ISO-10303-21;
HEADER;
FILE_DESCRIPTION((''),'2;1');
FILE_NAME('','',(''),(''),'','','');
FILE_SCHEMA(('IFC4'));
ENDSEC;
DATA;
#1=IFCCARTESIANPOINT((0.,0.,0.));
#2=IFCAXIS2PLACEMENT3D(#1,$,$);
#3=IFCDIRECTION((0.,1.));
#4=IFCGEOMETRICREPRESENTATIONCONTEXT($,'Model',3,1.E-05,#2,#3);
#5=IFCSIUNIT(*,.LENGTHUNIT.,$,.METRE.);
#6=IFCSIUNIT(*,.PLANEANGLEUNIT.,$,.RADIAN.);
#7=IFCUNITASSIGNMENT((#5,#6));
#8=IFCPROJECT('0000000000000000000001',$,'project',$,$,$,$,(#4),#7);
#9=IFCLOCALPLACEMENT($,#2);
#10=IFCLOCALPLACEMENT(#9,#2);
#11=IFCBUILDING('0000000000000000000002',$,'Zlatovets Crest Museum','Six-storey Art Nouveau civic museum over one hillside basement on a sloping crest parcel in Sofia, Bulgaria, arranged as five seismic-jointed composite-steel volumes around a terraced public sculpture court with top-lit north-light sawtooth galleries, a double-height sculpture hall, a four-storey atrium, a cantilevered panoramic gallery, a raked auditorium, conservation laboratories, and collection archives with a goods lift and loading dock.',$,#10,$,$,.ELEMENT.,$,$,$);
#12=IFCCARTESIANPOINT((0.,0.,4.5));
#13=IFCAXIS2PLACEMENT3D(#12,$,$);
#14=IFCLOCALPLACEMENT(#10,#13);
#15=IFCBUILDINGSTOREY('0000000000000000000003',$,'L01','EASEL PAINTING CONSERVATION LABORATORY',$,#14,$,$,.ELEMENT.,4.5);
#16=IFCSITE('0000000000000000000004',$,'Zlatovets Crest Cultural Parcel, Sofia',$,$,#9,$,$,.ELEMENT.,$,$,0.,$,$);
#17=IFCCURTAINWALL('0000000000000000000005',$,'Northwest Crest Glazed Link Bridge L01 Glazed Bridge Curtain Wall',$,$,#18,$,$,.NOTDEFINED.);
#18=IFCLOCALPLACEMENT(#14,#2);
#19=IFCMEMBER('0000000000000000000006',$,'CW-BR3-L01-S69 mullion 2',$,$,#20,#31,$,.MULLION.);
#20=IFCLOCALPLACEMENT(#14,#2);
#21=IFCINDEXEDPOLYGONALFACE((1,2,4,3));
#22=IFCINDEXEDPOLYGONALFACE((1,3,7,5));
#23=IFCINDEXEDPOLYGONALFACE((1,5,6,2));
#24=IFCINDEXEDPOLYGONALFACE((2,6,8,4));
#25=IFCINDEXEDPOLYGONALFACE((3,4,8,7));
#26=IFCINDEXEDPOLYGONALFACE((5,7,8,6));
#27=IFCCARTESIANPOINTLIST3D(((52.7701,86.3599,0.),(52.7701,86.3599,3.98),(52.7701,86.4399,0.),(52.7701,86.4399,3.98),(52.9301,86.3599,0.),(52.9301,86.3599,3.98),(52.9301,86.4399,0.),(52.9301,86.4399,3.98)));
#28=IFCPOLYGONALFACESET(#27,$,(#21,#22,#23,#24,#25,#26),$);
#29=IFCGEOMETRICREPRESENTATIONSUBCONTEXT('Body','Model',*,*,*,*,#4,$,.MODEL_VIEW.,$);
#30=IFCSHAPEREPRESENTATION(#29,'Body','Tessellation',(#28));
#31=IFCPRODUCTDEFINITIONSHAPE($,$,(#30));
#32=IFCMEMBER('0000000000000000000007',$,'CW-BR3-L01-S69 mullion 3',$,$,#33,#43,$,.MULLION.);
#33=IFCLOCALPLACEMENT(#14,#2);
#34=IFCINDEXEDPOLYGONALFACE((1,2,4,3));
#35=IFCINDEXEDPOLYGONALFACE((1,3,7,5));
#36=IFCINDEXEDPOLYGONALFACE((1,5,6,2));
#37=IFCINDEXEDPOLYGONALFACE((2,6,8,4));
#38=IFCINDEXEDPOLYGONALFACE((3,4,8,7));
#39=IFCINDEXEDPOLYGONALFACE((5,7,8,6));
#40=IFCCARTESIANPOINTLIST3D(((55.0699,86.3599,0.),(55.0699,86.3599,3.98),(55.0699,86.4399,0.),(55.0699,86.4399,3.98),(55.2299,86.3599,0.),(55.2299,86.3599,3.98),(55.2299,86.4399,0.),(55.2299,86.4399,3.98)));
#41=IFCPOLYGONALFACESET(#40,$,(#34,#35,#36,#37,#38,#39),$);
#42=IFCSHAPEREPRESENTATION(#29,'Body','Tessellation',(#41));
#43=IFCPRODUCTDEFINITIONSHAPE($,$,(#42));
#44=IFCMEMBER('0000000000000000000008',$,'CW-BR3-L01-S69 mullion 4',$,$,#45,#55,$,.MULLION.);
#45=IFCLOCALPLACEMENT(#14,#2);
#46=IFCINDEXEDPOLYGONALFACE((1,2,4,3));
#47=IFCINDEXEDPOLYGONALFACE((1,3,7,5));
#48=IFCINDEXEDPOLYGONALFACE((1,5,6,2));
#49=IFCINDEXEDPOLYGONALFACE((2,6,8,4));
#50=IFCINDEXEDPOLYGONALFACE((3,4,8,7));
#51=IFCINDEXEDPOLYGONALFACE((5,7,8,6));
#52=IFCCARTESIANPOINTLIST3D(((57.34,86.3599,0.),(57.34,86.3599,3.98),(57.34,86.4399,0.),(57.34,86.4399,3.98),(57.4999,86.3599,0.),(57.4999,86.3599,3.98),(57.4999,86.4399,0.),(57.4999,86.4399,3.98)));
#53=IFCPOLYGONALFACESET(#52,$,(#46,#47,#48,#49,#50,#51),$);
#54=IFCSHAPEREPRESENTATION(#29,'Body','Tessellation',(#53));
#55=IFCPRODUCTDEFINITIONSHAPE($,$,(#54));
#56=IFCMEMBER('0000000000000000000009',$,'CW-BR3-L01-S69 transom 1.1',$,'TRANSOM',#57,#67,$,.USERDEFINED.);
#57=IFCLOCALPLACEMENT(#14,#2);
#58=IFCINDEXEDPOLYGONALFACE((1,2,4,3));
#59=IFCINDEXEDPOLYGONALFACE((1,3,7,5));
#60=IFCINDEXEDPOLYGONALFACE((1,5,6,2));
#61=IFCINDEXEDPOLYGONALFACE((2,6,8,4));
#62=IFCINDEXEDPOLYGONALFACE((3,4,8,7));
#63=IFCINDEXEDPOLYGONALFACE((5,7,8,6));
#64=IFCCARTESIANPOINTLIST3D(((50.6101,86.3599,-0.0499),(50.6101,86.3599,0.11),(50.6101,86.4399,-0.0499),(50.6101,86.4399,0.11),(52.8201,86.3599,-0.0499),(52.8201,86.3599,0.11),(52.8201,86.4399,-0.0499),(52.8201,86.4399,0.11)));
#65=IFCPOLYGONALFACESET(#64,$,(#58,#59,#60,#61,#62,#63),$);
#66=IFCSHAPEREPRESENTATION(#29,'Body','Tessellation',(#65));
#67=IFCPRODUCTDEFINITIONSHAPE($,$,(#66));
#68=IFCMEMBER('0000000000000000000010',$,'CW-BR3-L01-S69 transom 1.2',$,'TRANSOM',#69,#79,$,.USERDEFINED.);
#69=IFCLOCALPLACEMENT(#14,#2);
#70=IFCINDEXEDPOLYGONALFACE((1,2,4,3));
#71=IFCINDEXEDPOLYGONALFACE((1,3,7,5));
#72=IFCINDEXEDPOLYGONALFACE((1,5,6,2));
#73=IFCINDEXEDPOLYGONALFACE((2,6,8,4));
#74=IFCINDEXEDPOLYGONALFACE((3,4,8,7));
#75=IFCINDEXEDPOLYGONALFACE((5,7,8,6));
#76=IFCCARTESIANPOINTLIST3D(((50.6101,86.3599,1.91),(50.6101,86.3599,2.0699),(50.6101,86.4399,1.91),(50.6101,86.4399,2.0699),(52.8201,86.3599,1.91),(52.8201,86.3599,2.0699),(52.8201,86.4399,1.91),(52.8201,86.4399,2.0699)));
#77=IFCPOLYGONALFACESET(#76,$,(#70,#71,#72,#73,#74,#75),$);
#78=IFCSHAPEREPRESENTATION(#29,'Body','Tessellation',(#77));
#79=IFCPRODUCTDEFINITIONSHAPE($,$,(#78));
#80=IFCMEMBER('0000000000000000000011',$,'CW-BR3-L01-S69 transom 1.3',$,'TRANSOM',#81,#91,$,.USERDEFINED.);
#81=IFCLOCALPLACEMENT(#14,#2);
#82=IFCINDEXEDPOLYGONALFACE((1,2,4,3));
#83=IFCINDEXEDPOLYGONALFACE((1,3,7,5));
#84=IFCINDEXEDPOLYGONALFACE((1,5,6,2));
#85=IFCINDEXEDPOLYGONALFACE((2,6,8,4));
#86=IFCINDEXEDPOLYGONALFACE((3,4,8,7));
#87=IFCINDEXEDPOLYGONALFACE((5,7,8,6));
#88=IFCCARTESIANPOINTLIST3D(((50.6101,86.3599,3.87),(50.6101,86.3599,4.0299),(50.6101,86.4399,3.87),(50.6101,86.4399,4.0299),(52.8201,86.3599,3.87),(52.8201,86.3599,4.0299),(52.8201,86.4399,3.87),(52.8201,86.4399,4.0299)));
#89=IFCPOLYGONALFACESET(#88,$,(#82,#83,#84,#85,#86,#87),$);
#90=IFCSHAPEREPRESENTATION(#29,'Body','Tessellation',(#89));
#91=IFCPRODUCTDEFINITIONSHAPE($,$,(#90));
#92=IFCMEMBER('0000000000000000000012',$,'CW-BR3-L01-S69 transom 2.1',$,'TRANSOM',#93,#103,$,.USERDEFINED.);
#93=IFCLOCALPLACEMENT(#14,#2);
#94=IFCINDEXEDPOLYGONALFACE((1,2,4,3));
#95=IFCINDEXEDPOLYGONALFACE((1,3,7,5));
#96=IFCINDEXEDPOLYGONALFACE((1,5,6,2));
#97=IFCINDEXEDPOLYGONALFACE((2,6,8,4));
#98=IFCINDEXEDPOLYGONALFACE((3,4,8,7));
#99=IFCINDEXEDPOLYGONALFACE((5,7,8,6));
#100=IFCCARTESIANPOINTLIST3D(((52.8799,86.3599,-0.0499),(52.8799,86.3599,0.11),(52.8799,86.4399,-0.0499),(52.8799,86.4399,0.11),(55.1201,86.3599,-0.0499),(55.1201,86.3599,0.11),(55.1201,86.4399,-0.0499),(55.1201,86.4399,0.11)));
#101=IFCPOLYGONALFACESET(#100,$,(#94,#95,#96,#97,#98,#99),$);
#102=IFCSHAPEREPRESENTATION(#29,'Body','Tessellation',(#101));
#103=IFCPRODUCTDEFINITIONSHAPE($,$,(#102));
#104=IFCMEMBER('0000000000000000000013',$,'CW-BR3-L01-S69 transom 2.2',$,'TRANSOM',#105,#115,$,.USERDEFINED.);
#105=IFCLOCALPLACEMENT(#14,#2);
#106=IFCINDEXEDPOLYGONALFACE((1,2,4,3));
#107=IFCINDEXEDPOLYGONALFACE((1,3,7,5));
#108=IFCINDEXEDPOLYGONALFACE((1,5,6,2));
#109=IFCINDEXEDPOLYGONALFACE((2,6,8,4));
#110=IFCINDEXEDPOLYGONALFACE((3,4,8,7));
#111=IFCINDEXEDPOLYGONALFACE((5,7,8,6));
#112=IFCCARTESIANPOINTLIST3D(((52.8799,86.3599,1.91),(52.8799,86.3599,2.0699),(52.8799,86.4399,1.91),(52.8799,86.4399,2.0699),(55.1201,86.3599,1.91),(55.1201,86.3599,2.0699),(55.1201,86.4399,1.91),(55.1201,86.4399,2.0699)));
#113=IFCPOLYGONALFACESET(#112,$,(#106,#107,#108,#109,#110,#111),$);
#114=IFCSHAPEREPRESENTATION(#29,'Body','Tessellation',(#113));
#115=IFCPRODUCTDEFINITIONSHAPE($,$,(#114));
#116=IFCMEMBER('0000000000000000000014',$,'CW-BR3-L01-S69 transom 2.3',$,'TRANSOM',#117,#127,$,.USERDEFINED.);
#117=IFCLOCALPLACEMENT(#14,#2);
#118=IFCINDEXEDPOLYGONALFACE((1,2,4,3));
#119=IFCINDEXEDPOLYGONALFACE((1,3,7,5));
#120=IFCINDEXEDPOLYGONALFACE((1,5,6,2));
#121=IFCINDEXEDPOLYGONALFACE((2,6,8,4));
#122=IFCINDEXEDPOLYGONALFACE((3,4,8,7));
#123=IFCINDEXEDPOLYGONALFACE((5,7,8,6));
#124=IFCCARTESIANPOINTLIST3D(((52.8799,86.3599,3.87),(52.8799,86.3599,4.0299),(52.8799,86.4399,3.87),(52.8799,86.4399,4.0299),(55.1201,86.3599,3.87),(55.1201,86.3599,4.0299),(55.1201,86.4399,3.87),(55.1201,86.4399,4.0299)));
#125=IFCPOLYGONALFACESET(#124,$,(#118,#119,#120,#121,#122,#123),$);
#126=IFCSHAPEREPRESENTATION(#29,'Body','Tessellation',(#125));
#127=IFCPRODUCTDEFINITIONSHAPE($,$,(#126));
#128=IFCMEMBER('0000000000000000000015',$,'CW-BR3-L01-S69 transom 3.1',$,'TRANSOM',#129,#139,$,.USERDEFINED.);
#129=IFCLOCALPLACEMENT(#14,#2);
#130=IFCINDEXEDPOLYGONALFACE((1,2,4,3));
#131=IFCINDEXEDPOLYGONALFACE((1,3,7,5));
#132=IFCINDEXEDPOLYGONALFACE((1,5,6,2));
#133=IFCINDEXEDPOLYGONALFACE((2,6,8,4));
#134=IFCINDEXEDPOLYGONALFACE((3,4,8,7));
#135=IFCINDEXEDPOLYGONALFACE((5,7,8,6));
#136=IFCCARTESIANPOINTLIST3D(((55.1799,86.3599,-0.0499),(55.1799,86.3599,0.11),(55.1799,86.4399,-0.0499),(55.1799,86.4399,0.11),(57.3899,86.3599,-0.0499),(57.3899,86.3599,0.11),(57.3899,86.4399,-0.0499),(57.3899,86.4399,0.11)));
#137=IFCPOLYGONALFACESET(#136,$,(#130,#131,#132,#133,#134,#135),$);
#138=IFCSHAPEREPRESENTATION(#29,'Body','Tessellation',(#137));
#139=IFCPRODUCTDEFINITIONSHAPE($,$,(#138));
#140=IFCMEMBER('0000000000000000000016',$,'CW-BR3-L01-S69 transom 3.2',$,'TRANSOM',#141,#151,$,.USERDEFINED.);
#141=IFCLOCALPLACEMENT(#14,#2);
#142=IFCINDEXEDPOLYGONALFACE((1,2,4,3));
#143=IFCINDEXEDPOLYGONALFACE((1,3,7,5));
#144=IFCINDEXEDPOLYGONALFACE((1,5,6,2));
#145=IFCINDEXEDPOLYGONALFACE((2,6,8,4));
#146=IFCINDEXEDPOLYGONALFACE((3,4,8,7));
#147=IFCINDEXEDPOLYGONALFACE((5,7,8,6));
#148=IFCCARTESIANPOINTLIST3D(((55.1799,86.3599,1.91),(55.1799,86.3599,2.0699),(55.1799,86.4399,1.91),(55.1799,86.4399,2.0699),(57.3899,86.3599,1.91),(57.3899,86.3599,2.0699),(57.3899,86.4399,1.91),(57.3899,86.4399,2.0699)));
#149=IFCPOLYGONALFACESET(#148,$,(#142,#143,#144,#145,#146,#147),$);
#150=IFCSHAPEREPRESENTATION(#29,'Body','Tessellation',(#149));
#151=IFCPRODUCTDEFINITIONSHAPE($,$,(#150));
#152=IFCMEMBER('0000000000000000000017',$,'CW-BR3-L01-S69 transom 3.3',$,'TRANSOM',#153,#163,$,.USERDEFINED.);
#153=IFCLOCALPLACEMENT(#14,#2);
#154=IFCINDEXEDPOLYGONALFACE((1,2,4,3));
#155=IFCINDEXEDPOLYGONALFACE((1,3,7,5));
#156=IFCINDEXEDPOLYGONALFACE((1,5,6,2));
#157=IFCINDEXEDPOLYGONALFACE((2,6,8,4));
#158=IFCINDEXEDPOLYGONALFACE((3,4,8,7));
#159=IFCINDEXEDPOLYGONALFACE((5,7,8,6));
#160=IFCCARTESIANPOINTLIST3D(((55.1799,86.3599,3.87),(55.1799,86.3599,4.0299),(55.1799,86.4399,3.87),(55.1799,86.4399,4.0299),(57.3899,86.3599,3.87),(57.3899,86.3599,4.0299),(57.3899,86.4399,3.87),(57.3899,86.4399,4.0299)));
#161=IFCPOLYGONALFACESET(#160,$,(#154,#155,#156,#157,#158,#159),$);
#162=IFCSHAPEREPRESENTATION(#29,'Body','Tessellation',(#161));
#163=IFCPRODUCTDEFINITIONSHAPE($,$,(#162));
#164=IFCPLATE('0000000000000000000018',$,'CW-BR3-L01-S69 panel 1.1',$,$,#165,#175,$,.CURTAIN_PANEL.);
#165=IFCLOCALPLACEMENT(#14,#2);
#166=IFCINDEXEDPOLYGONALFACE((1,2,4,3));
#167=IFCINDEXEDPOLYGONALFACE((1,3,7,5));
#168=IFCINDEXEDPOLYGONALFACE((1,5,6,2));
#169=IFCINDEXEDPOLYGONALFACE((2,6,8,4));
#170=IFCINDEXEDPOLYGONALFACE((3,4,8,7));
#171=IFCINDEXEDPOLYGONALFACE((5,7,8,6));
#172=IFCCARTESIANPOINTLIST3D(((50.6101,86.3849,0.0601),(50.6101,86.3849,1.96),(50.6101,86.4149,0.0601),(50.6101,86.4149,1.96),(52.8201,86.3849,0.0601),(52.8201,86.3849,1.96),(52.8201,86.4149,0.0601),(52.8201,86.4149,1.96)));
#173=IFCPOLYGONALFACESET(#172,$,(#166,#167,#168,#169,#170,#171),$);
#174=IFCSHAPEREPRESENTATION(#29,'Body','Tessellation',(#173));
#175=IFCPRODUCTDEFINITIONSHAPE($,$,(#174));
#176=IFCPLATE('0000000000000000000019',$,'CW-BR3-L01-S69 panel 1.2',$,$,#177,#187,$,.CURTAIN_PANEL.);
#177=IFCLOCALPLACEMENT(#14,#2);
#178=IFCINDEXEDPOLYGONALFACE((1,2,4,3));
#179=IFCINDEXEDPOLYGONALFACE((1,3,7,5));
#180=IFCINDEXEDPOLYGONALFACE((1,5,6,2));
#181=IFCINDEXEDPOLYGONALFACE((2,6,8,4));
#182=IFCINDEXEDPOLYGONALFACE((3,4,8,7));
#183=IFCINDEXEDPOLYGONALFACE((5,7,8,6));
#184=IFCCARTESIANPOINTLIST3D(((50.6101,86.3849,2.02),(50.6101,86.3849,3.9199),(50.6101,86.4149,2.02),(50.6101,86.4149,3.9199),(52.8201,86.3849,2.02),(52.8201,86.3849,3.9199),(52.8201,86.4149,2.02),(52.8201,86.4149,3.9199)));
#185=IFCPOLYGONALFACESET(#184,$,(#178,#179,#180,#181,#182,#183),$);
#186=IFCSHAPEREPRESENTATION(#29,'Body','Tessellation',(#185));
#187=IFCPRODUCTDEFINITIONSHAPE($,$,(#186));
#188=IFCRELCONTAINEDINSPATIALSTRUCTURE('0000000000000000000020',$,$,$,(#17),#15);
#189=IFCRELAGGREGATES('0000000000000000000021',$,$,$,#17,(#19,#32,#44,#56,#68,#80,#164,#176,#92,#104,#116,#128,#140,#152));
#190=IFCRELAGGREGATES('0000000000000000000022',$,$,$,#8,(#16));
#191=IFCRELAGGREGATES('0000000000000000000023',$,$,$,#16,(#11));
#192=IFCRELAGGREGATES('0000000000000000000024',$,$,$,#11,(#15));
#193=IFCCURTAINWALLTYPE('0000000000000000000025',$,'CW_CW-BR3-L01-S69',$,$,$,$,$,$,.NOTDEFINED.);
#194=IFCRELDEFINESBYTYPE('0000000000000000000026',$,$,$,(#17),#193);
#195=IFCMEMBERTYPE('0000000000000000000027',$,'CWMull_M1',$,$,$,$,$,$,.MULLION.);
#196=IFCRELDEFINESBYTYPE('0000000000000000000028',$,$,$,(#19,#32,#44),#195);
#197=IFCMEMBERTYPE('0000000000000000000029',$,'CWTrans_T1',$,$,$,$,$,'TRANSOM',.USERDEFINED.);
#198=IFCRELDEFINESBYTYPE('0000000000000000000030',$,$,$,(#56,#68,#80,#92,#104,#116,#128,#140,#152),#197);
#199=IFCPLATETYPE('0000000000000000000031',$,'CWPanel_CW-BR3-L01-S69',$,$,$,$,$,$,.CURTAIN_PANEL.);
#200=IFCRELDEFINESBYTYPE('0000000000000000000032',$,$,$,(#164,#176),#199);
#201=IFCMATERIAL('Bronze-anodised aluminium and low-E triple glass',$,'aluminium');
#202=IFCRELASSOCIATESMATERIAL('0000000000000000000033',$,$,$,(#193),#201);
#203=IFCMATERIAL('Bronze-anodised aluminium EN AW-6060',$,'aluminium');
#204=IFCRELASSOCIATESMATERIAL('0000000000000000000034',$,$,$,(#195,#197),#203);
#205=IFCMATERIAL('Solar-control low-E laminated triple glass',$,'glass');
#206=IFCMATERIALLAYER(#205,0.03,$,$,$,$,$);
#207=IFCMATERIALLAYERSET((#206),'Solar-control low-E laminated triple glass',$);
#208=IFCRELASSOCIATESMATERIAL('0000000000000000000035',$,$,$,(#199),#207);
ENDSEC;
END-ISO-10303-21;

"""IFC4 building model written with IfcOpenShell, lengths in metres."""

from ifc_helpers import new_model, si_unit, direction, frame, origin, origin_2d, place, context, subcontext, project, spatial, rectangle, extrude, material, layer, layer_set, material_profile, profile_set, type_object, element, aggregate, save


model = new_model("IFC4")

# Units and contexts
model_context = context("Model", 3, precision=1e-05, world=origin(), true_north=direction((0.0, 1.0)))
body_context = subcontext(model_context, "Body", "Model", "MODEL_VIEW")
ifc_project = project(units=[si_unit("LENGTHUNIT", "METRE"), si_unit("PLANEANGLEUNIT", "RADIAN")], contexts=[model_context])

# Site, building, storey
site_placement = place(None, origin())
site = spatial("IfcSite", under=ifc_project, at=site_placement, Name="Zlatovets Crest Cultural Parcel, Sofia", CompositionType="ELEMENT", RefElevation=0.0)
building_placement = place(site_placement, origin())
building = spatial("IfcBuilding", under=site, at=building_placement, Name="Zlatovets Crest Museum", Description="Six-storey Art Nouveau civic museum over one hillside basement on a sloping crest parcel in Sofia, Bulgaria, arranged as five seismic-jointed composite-steel volumes around a terraced public sculpture court with top-lit north-light sawtooth galleries, a double-height sculpture hall, a four-storey atrium, a cantilevered panoramic gallery, a raked auditorium, conservation laboratories, and collection archives with a goods lift and loading dock.", CompositionType="ELEMENT")
storey_placement = place(building_placement, frame((0.0, 0.0, 4.5)))
storey = spatial("IfcBuildingStorey", under=building, at=storey_placement, Name="L01", Description="EASEL PAINTING CONSERVATION LABORATORY", CompositionType="ELEMENT", Elevation=4.5)

# Curtain wall, members, plates
ifc_material_1 = material(Name="Bronze-anodised aluminium and low-E triple glass", Category="aluminium")
curtain_wall_type_1 = type_object("IfcCurtainWallType", Name="CW_CW-BR3-L01-S69", PredefinedType="NOTDEFINED", material=ifc_material_1)
curtain_wall_1_placement = place(storey_placement, origin())
curtain_wall_1 = element("IfcCurtainWall", 1, at=curtain_wall_1_placement, inside=storey, type_object=curtain_wall_type_1, Name="Northwest Crest Glazed Link Bridge L01 Glazed Bridge Curtain Wall", PredefinedType="NOTDEFINED")
ifc_material_2 = material(Name="Bronze-anodised aluminium EN AW-6060", Category="aluminium")
ifc_material_profile_1 = material_profile(ifc_material_2, rectangle(XDim=0.0801, YDim=0.1599, at=origin_2d()), Name="ALU 80x160")
ifc_profile_set_1 = profile_set([ifc_material_profile_1], Name="Bronze-anodised aluminium EN AW-6060")
member_type_1 = type_object("IfcMemberType", Name="CWMull_M1", PredefinedType="MULLION", material=ifc_profile_set_1)
member_1_placement = place(storey_placement, frame((52.8501, 86.3999, 0.0), z_axis=(0.0, 0.0, 1.0), x_axis=(0.0, 1.0, 0.0)))
member_1 = element("IfcMember", 2, at=member_1_placement, type_object=member_type_1, Name="CW-BR3-L01-S69 mullion 2", PredefinedType="MULLION", context=body_context, shape_type="SweptSolid", body=[
    extrude(rectangle(XDim=0.0801, YDim=0.1599, at=origin_2d()), origin(), (0.0, 0.0, 1.0), 3.98),
])
member_2_placement = place(storey_placement, frame((55.1499, 86.3999, 0.0), z_axis=(0.0, 0.0, 1.0), x_axis=(0.0, 1.0, 0.0)))
member_2 = element("IfcMember", 3, at=member_2_placement, type_object=member_type_1, Name="CW-BR3-L01-S69 mullion 3", PredefinedType="MULLION", context=body_context, shape_type="SweptSolid", body=[
    extrude(rectangle(XDim=0.0801, YDim=0.1599, at=origin_2d()), origin(), (0.0, 0.0, 1.0), 3.98),
])
member_3_placement = place(storey_placement, frame((57.4199, 86.3999, 0.0), z_axis=(0.0, 0.0, 1.0), x_axis=(0.0, 1.0, 0.0)))
member_3 = element("IfcMember", 4, at=member_3_placement, type_object=member_type_1, Name="CW-BR3-L01-S69 mullion 4", PredefinedType="MULLION", context=body_context, shape_type="SweptSolid", body=[
    extrude(rectangle(XDim=0.0801, YDim=0.1599, at=origin_2d()), origin(), (0.0, 0.0, 1.0), 3.98),
])
ifc_material_profile_2 = material_profile(ifc_material_2, rectangle(XDim=0.0801, YDim=0.1599, at=origin_2d()), Name="ALU 80x160")
ifc_profile_set_2 = profile_set([ifc_material_profile_2], Name="Bronze-anodised aluminium EN AW-6060")
member_type_2 = type_object("IfcMemberType", Name="CWTrans_T1", ElementType="TRANSOM", PredefinedType="USERDEFINED", material=ifc_profile_set_2)
member_4_placement = place(storey_placement, frame((50.6101, 86.3999, 0.03), z_axis=(1.0, 0.0, 0.0), x_axis=(0.0, 1.0, 0.0)))
member_4 = element("IfcMember", 5, at=member_4_placement, type_object=member_type_2, Name="CW-BR3-L01-S69 transom 1.1", ObjectType="TRANSOM", PredefinedType="USERDEFINED", context=body_context, shape_type="SweptSolid", body=[
    extrude(rectangle(XDim=0.0801, YDim=0.1599, at=origin_2d()), origin(), (0.0, 0.0, 1.0), 2.21),
])
member_5_placement = place(storey_placement, frame((50.6101, 86.3999, 1.99), z_axis=(1.0, 0.0, 0.0), x_axis=(0.0, 1.0, 0.0)))
member_5 = element("IfcMember", 6, at=member_5_placement, type_object=member_type_2, Name="CW-BR3-L01-S69 transom 1.2", ObjectType="TRANSOM", PredefinedType="USERDEFINED", context=body_context, shape_type="SweptSolid", body=[
    extrude(rectangle(XDim=0.0801, YDim=0.1599, at=origin_2d()), origin(), (0.0, 0.0, 1.0), 2.21),
])
member_6_placement = place(storey_placement, frame((50.6101, 86.3999, 3.95), z_axis=(1.0, 0.0, 0.0), x_axis=(0.0, 1.0, 0.0)))
member_6 = element("IfcMember", 7, at=member_6_placement, type_object=member_type_2, Name="CW-BR3-L01-S69 transom 1.3", ObjectType="TRANSOM", PredefinedType="USERDEFINED", context=body_context, shape_type="SweptSolid", body=[
    extrude(rectangle(XDim=0.0801, YDim=0.1599, at=origin_2d()), origin(), (0.0, 0.0, 1.0), 2.21),
])
member_7_placement = place(storey_placement, frame((52.8799, 86.3999, 0.03), z_axis=(1.0, 0.0, 0.0), x_axis=(0.0, 1.0, 0.0)))
member_7 = element("IfcMember", 8, at=member_7_placement, type_object=member_type_2, Name="CW-BR3-L01-S69 transom 2.1", ObjectType="TRANSOM", PredefinedType="USERDEFINED", context=body_context, shape_type="SweptSolid", body=[
    extrude(rectangle(XDim=0.0801, YDim=0.1599, at=origin_2d()), origin(), (0.0, 0.0, 1.0), 2.2402),
])
member_8_placement = place(storey_placement, frame((52.8799, 86.3999, 1.99), z_axis=(1.0, 0.0, 0.0), x_axis=(0.0, 1.0, 0.0)))
member_8 = element("IfcMember", 9, at=member_8_placement, type_object=member_type_2, Name="CW-BR3-L01-S69 transom 2.2", ObjectType="TRANSOM", PredefinedType="USERDEFINED", context=body_context, shape_type="SweptSolid", body=[
    extrude(rectangle(XDim=0.0801, YDim=0.1599, at=origin_2d()), origin(), (0.0, 0.0, 1.0), 2.2402),
])
member_9_placement = place(storey_placement, frame((52.8799, 86.3999, 3.95), z_axis=(1.0, 0.0, 0.0), x_axis=(0.0, 1.0, 0.0)))
member_9 = element("IfcMember", 10, at=member_9_placement, type_object=member_type_2, Name="CW-BR3-L01-S69 transom 2.3", ObjectType="TRANSOM", PredefinedType="USERDEFINED", context=body_context, shape_type="SweptSolid", body=[
    extrude(rectangle(XDim=0.0801, YDim=0.1599, at=origin_2d()), origin(), (0.0, 0.0, 1.0), 2.2402),
])
member_10_placement = place(storey_placement, frame((55.1799, 86.3999, 0.03), z_axis=(1.0, 0.0, 0.0), x_axis=(0.0, 1.0, 0.0)))
member_10 = element("IfcMember", 11, at=member_10_placement, type_object=member_type_2, Name="CW-BR3-L01-S69 transom 3.1", ObjectType="TRANSOM", PredefinedType="USERDEFINED", context=body_context, shape_type="SweptSolid", body=[
    extrude(rectangle(XDim=0.0801, YDim=0.1599, at=origin_2d()), origin(), (0.0, 0.0, 1.0), 2.21),
])
member_11_placement = place(storey_placement, frame((55.1799, 86.3999, 1.99), z_axis=(1.0, 0.0, 0.0), x_axis=(0.0, 1.0, 0.0)))
member_11 = element("IfcMember", 12, at=member_11_placement, type_object=member_type_2, Name="CW-BR3-L01-S69 transom 3.2", ObjectType="TRANSOM", PredefinedType="USERDEFINED", context=body_context, shape_type="SweptSolid", body=[
    extrude(rectangle(XDim=0.0801, YDim=0.1599, at=origin_2d()), origin(), (0.0, 0.0, 1.0), 2.21),
])
member_12_placement = place(storey_placement, frame((55.1799, 86.3999, 3.95), z_axis=(1.0, 0.0, 0.0), x_axis=(0.0, 1.0, 0.0)))
member_12 = element("IfcMember", 13, at=member_12_placement, type_object=member_type_2, Name="CW-BR3-L01-S69 transom 3.3", ObjectType="TRANSOM", PredefinedType="USERDEFINED", context=body_context, shape_type="SweptSolid", body=[
    extrude(rectangle(XDim=0.0801, YDim=0.1599, at=origin_2d()), origin(), (0.0, 0.0, 1.0), 2.21),
])
ifc_material_3 = material(Name="Solar-control low-E laminated triple glass", Category="glass")
ifc_layer_1 = layer(ifc_material_3, 0.03)
ifc_layer_set_1 = layer_set([ifc_layer_1], Name="Solar-control low-E laminated triple glass")
plate_type_1 = type_object("IfcPlateType", Name="CWPanel_CW-BR3-L01-S69", PredefinedType="CURTAIN_PANEL", material=ifc_layer_set_1)
plate_1_placement = place(storey_placement, frame((51.7151, 86.3999, 0.0601), z_axis=(0.0, 0.0, 1.0), x_axis=(1.0, 0.0, 0.0)))
plate_1 = element("IfcPlate", 14, at=plate_1_placement, type_object=plate_type_1, Name="CW-BR3-L01-S69 panel 1.1", PredefinedType="CURTAIN_PANEL", context=body_context, shape_type="SweptSolid", body=[
    extrude(rectangle(XDim=2.21, YDim=0.03, at=origin_2d()), origin(), (0.0, 0.0, 1.0), 1.8999),
])
plate_2_placement = place(storey_placement, frame((51.7151, 86.3999, 2.02), z_axis=(0.0, 0.0, 1.0), x_axis=(1.0, 0.0, 0.0)))
plate_2 = element("IfcPlate", 15, at=plate_2_placement, type_object=plate_type_1, Name="CW-BR3-L01-S69 panel 1.2", PredefinedType="CURTAIN_PANEL", context=body_context, shape_type="SweptSolid", body=[
    extrude(rectangle(XDim=2.21, YDim=0.03, at=origin_2d()), origin(), (0.0, 0.0, 1.0), 1.8999),
])
aggregate(curtain_wall_1, [member_1, member_2, member_3, member_4, member_5, member_6, plate_1, plate_2, member_7, member_8, member_9, member_10, member_11, member_12])

save(model, "model.ifc")
